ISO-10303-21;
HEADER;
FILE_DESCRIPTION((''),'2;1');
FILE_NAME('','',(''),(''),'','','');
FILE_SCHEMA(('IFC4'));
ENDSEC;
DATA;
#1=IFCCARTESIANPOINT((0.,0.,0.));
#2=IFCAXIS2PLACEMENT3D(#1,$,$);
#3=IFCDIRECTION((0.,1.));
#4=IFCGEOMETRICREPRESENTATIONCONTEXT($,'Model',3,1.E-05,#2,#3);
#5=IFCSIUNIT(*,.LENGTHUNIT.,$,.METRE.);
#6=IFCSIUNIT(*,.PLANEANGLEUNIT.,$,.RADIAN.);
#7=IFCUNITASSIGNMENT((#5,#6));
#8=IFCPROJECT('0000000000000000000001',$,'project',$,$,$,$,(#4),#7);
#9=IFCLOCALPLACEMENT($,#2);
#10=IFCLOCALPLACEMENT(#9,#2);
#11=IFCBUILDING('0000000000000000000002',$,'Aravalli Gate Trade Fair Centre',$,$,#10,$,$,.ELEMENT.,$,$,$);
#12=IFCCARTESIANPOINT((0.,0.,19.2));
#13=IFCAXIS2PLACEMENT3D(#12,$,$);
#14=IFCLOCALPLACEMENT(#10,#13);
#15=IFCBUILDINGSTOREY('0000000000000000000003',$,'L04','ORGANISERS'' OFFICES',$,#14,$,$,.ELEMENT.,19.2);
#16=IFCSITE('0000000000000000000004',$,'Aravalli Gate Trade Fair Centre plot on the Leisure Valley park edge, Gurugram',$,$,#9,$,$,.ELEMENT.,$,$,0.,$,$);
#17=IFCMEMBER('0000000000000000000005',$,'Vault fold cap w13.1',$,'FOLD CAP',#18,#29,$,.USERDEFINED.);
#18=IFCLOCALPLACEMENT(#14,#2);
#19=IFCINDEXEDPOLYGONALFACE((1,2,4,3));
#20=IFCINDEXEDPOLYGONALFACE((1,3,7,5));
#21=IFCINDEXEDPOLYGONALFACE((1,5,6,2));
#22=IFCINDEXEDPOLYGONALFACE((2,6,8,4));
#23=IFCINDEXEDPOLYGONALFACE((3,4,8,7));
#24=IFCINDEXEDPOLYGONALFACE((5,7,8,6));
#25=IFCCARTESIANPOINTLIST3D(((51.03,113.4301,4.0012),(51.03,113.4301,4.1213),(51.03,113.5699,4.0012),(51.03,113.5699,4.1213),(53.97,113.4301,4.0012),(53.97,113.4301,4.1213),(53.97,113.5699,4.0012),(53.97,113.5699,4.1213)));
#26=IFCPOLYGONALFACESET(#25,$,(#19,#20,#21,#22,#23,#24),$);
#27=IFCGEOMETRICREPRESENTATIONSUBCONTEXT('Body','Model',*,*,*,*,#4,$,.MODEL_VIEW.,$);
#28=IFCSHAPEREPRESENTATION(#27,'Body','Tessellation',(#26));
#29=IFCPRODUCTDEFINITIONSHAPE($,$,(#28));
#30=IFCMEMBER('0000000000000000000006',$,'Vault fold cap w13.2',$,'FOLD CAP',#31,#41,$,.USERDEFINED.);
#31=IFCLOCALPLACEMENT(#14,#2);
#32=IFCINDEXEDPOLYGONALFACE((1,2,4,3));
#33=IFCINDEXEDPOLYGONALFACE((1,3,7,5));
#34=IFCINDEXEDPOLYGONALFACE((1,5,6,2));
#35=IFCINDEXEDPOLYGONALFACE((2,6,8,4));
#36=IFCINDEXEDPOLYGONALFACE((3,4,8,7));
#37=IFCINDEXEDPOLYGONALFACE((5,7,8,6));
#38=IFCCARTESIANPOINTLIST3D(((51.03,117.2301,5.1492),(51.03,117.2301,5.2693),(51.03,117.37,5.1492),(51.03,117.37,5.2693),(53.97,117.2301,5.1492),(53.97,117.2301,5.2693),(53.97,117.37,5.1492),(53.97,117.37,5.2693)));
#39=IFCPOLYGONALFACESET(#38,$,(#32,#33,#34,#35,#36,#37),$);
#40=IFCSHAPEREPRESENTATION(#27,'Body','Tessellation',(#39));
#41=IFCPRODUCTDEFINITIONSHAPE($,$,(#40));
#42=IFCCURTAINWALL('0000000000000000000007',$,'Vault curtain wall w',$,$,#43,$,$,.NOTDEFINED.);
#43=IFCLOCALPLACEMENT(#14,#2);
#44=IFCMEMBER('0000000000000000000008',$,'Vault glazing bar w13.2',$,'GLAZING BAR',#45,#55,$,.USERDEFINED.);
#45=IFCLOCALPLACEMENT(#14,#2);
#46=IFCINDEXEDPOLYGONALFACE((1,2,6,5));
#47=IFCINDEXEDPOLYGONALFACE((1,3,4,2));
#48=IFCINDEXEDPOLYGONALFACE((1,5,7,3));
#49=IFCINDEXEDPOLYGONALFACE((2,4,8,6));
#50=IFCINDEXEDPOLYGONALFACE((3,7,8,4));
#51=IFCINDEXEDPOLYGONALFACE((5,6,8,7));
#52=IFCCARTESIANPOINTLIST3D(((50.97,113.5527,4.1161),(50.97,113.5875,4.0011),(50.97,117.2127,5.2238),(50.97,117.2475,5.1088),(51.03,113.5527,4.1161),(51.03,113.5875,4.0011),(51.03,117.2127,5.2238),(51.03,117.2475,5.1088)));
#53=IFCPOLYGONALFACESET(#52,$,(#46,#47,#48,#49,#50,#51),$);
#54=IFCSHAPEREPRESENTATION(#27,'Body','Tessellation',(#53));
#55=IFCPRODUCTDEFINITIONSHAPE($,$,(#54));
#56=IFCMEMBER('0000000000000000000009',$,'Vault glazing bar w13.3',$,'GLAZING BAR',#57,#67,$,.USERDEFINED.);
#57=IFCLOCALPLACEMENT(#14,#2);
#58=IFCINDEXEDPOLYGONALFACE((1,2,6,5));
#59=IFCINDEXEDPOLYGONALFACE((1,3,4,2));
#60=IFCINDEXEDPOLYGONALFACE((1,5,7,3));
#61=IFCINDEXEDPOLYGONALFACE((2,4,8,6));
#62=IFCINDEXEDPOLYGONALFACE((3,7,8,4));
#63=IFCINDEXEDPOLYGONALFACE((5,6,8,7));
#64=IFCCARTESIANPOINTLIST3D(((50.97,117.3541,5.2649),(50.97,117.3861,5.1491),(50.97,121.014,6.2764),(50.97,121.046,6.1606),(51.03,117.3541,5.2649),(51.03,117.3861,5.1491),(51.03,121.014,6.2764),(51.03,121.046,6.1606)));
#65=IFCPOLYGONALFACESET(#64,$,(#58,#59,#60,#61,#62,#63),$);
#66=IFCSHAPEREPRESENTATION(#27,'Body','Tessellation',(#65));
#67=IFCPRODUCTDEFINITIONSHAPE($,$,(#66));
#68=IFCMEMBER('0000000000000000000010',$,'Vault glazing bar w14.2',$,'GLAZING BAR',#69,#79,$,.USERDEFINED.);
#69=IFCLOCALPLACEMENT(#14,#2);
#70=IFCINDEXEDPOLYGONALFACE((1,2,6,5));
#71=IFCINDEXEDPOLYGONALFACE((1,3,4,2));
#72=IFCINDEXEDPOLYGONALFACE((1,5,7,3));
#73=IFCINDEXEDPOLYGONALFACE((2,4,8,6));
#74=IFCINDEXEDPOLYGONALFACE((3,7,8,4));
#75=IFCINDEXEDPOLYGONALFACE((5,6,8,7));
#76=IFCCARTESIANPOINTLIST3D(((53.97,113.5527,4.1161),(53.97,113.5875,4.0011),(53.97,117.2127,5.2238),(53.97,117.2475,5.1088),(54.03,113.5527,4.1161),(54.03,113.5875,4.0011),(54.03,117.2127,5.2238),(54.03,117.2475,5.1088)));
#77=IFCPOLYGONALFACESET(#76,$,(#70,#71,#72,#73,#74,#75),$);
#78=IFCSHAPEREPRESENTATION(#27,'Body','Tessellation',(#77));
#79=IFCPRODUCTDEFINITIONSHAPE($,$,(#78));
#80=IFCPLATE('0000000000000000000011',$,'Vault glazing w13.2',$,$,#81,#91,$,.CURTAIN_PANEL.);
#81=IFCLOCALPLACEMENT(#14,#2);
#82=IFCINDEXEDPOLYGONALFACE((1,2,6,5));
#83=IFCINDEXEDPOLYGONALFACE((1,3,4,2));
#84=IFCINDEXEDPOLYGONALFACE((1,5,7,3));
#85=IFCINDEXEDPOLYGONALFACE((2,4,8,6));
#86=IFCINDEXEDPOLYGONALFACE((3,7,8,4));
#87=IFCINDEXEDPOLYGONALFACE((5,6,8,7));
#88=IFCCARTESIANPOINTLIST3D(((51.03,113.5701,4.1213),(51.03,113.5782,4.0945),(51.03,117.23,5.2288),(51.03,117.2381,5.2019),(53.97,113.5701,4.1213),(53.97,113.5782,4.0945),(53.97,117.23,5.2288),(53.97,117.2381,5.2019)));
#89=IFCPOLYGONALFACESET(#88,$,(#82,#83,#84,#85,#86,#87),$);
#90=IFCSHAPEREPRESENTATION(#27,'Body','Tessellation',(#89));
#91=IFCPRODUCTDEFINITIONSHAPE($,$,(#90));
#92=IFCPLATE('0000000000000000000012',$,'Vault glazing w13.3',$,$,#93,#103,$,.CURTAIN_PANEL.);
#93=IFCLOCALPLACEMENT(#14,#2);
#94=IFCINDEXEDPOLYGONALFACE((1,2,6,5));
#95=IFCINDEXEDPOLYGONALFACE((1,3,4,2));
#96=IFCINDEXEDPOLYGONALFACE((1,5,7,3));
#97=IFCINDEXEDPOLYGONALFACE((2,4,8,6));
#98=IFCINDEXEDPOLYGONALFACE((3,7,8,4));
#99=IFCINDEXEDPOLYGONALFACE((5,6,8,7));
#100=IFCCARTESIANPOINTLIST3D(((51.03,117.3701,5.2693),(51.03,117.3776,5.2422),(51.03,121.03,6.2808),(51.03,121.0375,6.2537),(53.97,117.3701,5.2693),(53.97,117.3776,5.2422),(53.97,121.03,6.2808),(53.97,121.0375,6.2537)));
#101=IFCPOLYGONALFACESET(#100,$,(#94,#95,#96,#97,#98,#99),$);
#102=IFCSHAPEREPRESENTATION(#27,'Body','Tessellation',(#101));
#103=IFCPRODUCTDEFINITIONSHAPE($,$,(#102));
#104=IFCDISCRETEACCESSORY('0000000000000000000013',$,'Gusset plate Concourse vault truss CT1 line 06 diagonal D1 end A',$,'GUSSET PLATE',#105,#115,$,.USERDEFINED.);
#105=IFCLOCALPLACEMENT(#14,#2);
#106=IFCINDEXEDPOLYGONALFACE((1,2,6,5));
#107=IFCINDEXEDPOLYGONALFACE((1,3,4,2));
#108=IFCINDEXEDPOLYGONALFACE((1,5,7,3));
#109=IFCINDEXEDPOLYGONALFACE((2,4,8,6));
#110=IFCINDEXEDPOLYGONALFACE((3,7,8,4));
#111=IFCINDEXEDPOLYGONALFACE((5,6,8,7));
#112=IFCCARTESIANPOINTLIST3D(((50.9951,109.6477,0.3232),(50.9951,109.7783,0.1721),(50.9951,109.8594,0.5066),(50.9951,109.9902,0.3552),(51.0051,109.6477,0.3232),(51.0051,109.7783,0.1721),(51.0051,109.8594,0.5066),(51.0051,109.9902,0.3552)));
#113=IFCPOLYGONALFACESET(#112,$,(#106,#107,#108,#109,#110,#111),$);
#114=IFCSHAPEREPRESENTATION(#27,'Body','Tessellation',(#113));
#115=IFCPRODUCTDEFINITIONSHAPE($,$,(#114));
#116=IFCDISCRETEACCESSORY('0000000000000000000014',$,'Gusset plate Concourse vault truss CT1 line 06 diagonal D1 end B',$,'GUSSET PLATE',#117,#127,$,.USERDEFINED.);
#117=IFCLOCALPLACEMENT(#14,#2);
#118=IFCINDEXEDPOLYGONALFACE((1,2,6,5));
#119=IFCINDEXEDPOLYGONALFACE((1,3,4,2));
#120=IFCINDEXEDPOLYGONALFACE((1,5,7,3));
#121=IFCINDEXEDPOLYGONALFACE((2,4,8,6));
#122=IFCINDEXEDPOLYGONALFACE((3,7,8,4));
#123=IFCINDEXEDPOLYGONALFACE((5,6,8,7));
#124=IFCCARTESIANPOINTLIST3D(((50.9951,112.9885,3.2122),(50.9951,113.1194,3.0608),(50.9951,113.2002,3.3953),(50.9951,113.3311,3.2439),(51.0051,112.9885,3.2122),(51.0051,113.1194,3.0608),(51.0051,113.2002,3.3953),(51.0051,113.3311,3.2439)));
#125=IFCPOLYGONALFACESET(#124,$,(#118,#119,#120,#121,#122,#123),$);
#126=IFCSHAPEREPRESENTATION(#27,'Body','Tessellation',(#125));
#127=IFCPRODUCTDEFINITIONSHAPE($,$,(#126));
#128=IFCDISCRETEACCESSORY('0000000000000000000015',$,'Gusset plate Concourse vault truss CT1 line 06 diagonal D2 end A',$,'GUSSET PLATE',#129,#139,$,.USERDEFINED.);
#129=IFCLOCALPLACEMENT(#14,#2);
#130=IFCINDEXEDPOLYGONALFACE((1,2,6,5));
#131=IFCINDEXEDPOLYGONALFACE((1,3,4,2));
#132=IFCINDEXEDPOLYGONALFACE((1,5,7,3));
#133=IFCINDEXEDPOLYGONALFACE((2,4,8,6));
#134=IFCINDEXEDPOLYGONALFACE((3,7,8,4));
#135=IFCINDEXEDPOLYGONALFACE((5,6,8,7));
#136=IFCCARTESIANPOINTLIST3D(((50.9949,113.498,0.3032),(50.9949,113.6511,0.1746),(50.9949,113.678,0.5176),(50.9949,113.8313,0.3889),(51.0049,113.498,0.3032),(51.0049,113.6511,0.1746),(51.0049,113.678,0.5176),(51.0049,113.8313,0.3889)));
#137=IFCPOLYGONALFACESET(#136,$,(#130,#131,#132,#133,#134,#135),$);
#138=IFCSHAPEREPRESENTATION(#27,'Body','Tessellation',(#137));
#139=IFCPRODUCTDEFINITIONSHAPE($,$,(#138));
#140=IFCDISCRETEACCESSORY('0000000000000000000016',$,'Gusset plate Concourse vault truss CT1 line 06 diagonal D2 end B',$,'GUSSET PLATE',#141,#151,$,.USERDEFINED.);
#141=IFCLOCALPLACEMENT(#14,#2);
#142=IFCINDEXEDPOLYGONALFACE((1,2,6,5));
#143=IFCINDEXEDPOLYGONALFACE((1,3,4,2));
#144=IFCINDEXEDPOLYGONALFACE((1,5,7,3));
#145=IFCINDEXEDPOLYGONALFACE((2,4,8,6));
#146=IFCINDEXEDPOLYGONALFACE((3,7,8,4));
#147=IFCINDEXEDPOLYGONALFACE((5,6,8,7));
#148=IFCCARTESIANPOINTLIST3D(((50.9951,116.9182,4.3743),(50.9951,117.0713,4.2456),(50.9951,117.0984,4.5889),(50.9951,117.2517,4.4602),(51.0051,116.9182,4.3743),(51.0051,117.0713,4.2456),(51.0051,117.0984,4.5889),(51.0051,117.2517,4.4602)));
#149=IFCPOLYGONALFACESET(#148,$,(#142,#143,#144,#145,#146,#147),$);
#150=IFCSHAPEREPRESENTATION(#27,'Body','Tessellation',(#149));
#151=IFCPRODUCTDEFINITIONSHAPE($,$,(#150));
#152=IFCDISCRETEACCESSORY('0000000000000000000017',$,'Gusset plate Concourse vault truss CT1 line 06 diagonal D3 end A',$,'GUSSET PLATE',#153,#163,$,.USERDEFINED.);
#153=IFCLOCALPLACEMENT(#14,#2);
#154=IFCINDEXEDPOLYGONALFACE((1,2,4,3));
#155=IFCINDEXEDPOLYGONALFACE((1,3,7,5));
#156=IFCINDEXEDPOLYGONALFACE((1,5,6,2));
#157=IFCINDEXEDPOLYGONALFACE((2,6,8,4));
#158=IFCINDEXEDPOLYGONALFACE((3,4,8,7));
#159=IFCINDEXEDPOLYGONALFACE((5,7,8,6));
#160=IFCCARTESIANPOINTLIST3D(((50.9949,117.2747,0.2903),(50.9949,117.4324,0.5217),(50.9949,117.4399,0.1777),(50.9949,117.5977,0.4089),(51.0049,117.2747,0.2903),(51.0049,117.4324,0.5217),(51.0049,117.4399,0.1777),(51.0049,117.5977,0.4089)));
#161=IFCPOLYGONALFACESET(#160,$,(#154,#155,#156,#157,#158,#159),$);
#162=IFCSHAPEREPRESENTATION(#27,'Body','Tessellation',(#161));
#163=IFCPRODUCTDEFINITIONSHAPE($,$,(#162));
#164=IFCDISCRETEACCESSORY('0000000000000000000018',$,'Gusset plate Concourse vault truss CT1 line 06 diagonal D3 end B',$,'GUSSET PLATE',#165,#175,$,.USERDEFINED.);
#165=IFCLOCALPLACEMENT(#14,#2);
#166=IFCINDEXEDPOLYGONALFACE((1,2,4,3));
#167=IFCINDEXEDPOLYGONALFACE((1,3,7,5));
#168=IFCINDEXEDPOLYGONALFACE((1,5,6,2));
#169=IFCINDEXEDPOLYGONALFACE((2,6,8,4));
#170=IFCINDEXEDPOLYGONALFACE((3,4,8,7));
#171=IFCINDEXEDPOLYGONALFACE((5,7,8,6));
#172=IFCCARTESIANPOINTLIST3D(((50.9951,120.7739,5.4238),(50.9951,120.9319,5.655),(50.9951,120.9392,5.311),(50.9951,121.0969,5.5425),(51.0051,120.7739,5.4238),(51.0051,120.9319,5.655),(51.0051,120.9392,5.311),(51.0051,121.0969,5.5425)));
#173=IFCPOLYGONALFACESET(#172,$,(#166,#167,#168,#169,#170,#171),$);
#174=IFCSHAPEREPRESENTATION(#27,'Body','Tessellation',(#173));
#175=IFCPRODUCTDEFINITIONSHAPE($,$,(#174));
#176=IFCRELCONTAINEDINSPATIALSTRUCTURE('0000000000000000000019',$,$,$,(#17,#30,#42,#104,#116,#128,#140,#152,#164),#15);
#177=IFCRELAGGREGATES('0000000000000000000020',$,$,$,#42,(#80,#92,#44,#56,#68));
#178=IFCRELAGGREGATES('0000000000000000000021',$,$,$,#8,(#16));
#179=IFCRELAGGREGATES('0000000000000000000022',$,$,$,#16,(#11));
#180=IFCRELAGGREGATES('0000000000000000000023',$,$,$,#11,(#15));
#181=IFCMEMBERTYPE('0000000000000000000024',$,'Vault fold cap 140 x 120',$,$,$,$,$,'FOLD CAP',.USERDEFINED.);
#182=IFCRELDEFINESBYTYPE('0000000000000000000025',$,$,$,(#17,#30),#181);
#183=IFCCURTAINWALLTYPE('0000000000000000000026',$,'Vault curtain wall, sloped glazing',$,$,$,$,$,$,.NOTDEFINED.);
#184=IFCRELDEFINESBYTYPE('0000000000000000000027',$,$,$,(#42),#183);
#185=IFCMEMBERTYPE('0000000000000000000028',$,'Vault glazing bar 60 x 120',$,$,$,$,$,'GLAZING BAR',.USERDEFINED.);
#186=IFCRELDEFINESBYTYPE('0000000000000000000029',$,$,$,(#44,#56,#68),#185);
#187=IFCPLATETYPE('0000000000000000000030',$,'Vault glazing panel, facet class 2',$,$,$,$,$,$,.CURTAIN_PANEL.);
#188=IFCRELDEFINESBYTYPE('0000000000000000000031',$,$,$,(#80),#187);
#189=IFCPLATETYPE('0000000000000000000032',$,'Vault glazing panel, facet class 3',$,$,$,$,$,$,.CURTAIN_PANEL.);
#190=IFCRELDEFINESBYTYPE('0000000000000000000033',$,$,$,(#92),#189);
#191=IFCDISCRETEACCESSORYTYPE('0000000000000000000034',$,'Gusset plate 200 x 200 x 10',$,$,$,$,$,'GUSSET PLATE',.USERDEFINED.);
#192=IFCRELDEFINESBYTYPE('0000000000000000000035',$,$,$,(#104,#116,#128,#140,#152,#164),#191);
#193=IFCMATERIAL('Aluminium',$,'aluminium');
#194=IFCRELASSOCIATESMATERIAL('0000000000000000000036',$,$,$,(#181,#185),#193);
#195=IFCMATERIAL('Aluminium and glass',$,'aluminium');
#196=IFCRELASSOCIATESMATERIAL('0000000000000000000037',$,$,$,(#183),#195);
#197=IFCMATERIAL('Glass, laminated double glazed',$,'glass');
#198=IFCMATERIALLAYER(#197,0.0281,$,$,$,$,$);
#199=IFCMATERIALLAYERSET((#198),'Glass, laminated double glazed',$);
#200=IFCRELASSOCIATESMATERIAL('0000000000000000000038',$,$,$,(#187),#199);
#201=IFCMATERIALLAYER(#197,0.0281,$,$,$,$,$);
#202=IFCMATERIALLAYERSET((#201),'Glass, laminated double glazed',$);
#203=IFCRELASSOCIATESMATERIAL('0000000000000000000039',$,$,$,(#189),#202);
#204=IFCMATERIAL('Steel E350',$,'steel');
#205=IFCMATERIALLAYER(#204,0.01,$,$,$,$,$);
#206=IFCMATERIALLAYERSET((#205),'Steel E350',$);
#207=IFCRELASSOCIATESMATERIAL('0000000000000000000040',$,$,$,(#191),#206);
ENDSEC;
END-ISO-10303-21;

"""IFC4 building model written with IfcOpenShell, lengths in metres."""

from ifc_helpers import new_model, si_unit, direction, frame, origin, origin_2d, place, context, subcontext, project, spatial, polyline, rectangle, outline, extrude, material, layer, layer_set, material_profile, profile_set, type_object, element, aggregate, save


model = new_model("IFC4")

# Units and contexts
model_context = context("Model", 3, precision=1e-05, world=origin(), true_north=direction((0.0, 1.0)))
body_context = subcontext(model_context, "Body", "Model", "MODEL_VIEW")
ifc_project = project(units=[si_unit("LENGTHUNIT", "METRE"), si_unit("PLANEANGLEUNIT", "RADIAN")], contexts=[model_context])

# Site, building, storey
site_placement = place(None, origin())
site = spatial("IfcSite", under=ifc_project, at=site_placement, Name="Aravalli Gate Trade Fair Centre plot on the Leisure Valley park edge, Gurugram", CompositionType="ELEMENT", RefElevation=0.0)
building_placement = place(site_placement, origin())
building = spatial("IfcBuilding", under=site, at=building_placement, Name="Aravalli Gate Trade Fair Centre", CompositionType="ELEMENT")
storey_placement = place(building_placement, frame((0.0, 0.0, 19.2)))
storey = spatial("IfcBuildingStorey", under=building, at=storey_placement, Name="L04", Description="ORGANISERS' OFFICES", CompositionType="ELEMENT", Elevation=19.2)

# Members
ifc_material_1 = material(Name="Steel E350", Category="steel")
ifc_material_2 = material(Name="Aluminium", Category="aluminium")
ifc_material_profile_1 = material_profile(ifc_material_2, rectangle(XDim=0.1399, YDim=0.1201, at=origin_2d()), Name="Vault fold cap 140 x 120")
ifc_profile_set_1 = profile_set([ifc_material_profile_1], Name="Aluminium")
member_type_1 = type_object("IfcMemberType", Name="Vault fold cap 140 x 120", ElementType="FOLD CAP", PredefinedType="USERDEFINED", material=ifc_profile_set_1)
for number, where, z_axis, x_axis, name in (
    (1, (51.03, 113.5, 4.0613), (1.0, 0.0, 0.0), (0.0, 1.0, 0.0), "Vault fold cap w13.1"),
    (2, (51.03, 117.3, 5.2092), (1.0, 0.0, 0.0), (0.0, 1.0, 0.0), "Vault fold cap w13.2"),
):
    element("IfcMember", number, at=place(storey_placement, frame(where, z_axis=z_axis, x_axis=x_axis)), inside=storey, type_object=member_type_1, Name=name, ObjectType="FOLD CAP", PredefinedType="USERDEFINED", context=body_context, shape_type="SweptSolid", body=[
        extrude(rectangle(XDim=0.1399, YDim=0.1201, at=origin_2d()), origin(), (0.0, 0.0, 1.0), 2.9399),
    ])

# Curtain wall, members, plates
ifc_material_3 = material(Name="Aluminium and glass", Category="aluminium")
curtain_wall_type = type_object("IfcCurtainWallType", Name="Vault curtain wall, sloped glazing", PredefinedType="NOTDEFINED", material=ifc_material_3)
curtain_wall_placement = place(storey_placement, origin())
curtain_wall = element("IfcCurtainWall", 3, at=curtain_wall_placement, inside=storey, type_object=curtain_wall_type, Name="Vault curtain wall w", PredefinedType="NOTDEFINED")
ifc_material_profile_2 = material_profile(ifc_material_2, rectangle(XDim=0.0601, YDim=0.1201, at=origin_2d()), Name="Vault glazing bar 60 x 120")
ifc_profile_set_2 = profile_set([ifc_material_profile_2], Name="Aluminium")
member_type_2 = type_object("IfcMemberType", Name="Vault glazing bar 60 x 120", ElementType="GLAZING BAR", PredefinedType="USERDEFINED", material=ifc_profile_set_2)
member_1_placement = place(storey_placement, frame((51.0, 113.5701, 4.0586), z_axis=(0.0, 0.957126, 0.289672), x_axis=(-1.0, 0.0, 0.0)))
member_1 = element("IfcMember", 4, at=member_1_placement, type_object=member_type_2, Name="Vault glazing bar w13.2", ObjectType="GLAZING BAR", PredefinedType="USERDEFINED", context=body_context, shape_type="SweptSolid", body=[
    extrude(rectangle(XDim=0.0601, YDim=0.1201, at=origin_2d()), origin(), (0.0, 0.0, 1.0), 3.824),
])
member_2_placement = place(storey_placement, frame((51.0, 117.3701, 5.207), z_axis=(0.0, 0.963868, 0.26638), x_axis=(-1.0, 0.0, 0.0)))
member_2 = element("IfcMember", 5, at=member_2_placement, type_object=member_type_2, Name="Vault glazing bar w13.3", ObjectType="GLAZING BAR", PredefinedType="USERDEFINED", context=body_context, shape_type="SweptSolid", body=[
    extrude(rectangle(XDim=0.0601, YDim=0.1201, at=origin_2d()), origin(), (0.0, 0.0, 1.0), 3.7971),
])
member_3_placement = place(storey_placement, frame((54.0, 113.5701, 4.0586), z_axis=(0.0, 0.957126, 0.289672), x_axis=(-1.0, 0.0, 0.0)))
member_3 = element("IfcMember", 6, at=member_3_placement, type_object=member_type_2, Name="Vault glazing bar w14.2", ObjectType="GLAZING BAR", PredefinedType="USERDEFINED", context=body_context, shape_type="SweptSolid", body=[
    extrude(rectangle(XDim=0.0601, YDim=0.1201, at=origin_2d()), origin(), (0.0, 0.0, 1.0), 3.824),
])
ifc_material_4 = material(Name="Glass, laminated double glazed", Category="glass")
ifc_layer_1 = layer(ifc_material_4, 0.0281)
ifc_layer_set_1 = layer_set([ifc_layer_1], Name="Glass, laminated double glazed")
plate_type_1 = type_object("IfcPlateType", Name="Vault glazing panel, facet class 2", PredefinedType="CURTAIN_PANEL", material=ifc_layer_set_1)
plate_1_placement = place(storey_placement, frame((51.03, 113.5701, 4.1213), z_axis=(0.0, -0.289614, 0.957144), x_axis=(1.0, 0.0, 0.0)))
plate_1 = element("IfcPlate", 7, at=plate_1_placement, type_object=plate_type_1, Name="Vault glazing w13.2", PredefinedType="CURTAIN_PANEL", context=body_context, shape_type="SweptSolid", body=[
    extrude(outline(polyline([(0.0, 0.0), (2.9399, 0.0), (2.9399, 3.8238), (0.0, 3.8238), (0.0, 0.0)])), origin(), (0.0, 0.0, -1.0), 0.0281),
])
ifc_layer_2 = layer(ifc_material_4, 0.0281)
ifc_layer_set_2 = layer_set([ifc_layer_2], Name="Glass, laminated double glazed")
plate_type_2 = type_object("IfcPlateType", Name="Vault glazing panel, facet class 3", PredefinedType="CURTAIN_PANEL", material=ifc_layer_set_2)
plate_2_placement = place(storey_placement, frame((51.03, 117.3701, 5.2693), z_axis=(0.0, -0.26638, 0.963868), x_axis=(1.0, 0.0, 0.0)))
plate_2 = element("IfcPlate", 8, at=plate_2_placement, type_object=plate_type_2, Name="Vault glazing w13.3", PredefinedType="CURTAIN_PANEL", context=body_context, shape_type="SweptSolid", body=[
    extrude(outline(polyline([(0.0, 0.0), (2.9399, 0.0), (2.9399, 3.7971), (0.0, 3.7971), (0.0, 0.0)])), origin(), (0.0, 0.0, -1.0), 0.0281),
])
aggregate(curtain_wall, [plate_1, plate_2, member_1, member_2, member_3])

# Discrete accessories
ifc_layer_3 = layer(ifc_material_1, 0.01)
ifc_layer_set_3 = layer_set([ifc_layer_3], Name="Steel E350")
discrete_accessory_type = type_object("IfcDiscreteAccessoryType", Name="Gusset plate 200 x 200 x 10", ElementType="GUSSET PLATE", PredefinedType="USERDEFINED", material=ifc_layer_set_3)
discrete_accessory_1_placement = place(storey_placement, frame((50.9951, 109.9902, 0.3552), z_axis=(-1.0, 0.0, 0.0), x_axis=(0.0, -0.756666, -0.653801)))
element("IfcDiscreteAccessory", 9, at=discrete_accessory_1_placement, inside=storey, type_object=discrete_accessory_type, Name="Gusset plate Concourse vault truss CT1 line 06 diagonal D1 end A", ObjectType="GUSSET PLATE", PredefinedType="USERDEFINED", context=body_context, shape_type="SweptSolid", body=[
    extrude(outline(polyline([(0.0, 0.0), (0.2801, 0.0), (0.2801, 0.1997), (0.0001, 0.2001), (0.0, 0.0)])), origin(), (0.0, 0.0, -1.0), 0.01),
])
discrete_accessory_2_placement = place(storey_placement, frame((50.9951, 112.9885, 3.2122), z_axis=(-1.0, 0.0, 0.0), x_axis=(0.0, 0.756293, 0.654233)))
element("IfcDiscreteAccessory", 10, at=discrete_accessory_2_placement, inside=storey, type_object=discrete_accessory_type, Name="Gusset plate Concourse vault truss CT1 line 06 diagonal D1 end B", ObjectType="GUSSET PLATE", PredefinedType="USERDEFINED", context=body_context, shape_type="SweptSolid", body=[
    extrude(outline(polyline([(0.0, 0.0), (0.2799, 0.0), (0.2798, 0.2001), (-0.0001, 0.2001), (0.0, 0.0)])), origin(), (0.0, 0.0, -1.0), 0.01),
])
discrete_accessory_3_placement = place(storey_placement, frame((51.0049, 113.678, 0.5176), z_axis=(1.0, 0.0, 0.0), x_axis=(0.0, -0.642926, -0.765928)))
element("IfcDiscreteAccessory", 11, at=discrete_accessory_3_placement, inside=storey, type_object=discrete_accessory_type, Name="Gusset plate Concourse vault truss CT1 line 06 diagonal D2 end A", ObjectType="GUSSET PLATE", PredefinedType="USERDEFINED", context=body_context, shape_type="SweptSolid", body=[
    extrude(outline(polyline([(0.0, 0.0), (0.2799, 0.0), (0.28, 0.2), (0.0, 0.2002), (0.0, 0.0)])), origin(), (0.0, 0.0, -1.0), 0.01),
])
discrete_accessory_4_placement = place(storey_placement, frame((50.9951, 116.9182, 4.3743), z_axis=(-1.0, 0.0, 0.0), x_axis=(0.0, 0.643008, 0.765859)))
element("IfcDiscreteAccessory", 12, at=discrete_accessory_4_placement, inside=storey, type_object=discrete_accessory_type, Name="Gusset plate Concourse vault truss CT1 line 06 diagonal D2 end B", ObjectType="GUSSET PLATE", PredefinedType="USERDEFINED", context=body_context, shape_type="SweptSolid", body=[
    extrude(outline(polyline([(0.0, 0.0), (0.2802, 0.0), (0.2803, 0.2002), (-0.0001, 0.2), (0.0, 0.0)])), origin(), (0.0, 0.0, -1.0), 0.01),
])
discrete_accessory_5_placement = place(storey_placement, frame((51.0049, 117.4324, 0.5217), z_axis=(1.0, 0.0, 0.0), x_axis=(0.0, -0.56312, -0.826375)))
element("IfcDiscreteAccessory", 13, at=discrete_accessory_5_placement, inside=storey, type_object=discrete_accessory_type, Name="Gusset plate Concourse vault truss CT1 line 06 diagonal D3 end A", ObjectType="GUSSET PLATE", PredefinedType="USERDEFINED", context=body_context, shape_type="SweptSolid", body=[
    extrude(outline(polyline([(0.0, 0.0), (0.2801, 0.0), (0.28, 0.2), (0.0001, 0.2001), (0.0, 0.0)])), origin(), (0.0, 0.0, -1.0), 0.01),
])
discrete_accessory_6_placement = place(storey_placement, frame((50.9951, 120.7739, 5.4238), z_axis=(-1.0, 0.0, 0.0), x_axis=(0.0, 0.564121, 0.825692)))
element("IfcDiscreteAccessory", 14, at=discrete_accessory_6_placement, inside=storey, type_object=discrete_accessory_type, Name="Gusset plate Concourse vault truss CT1 line 06 diagonal D3 end B", ObjectType="GUSSET PLATE", PredefinedType="USERDEFINED", context=body_context, shape_type="SweptSolid", body=[
    extrude(outline(polyline([(0.0, 0.0), (0.28, 0.0), (0.2802, 0.1998), (0.0001, 0.2001), (0.0, 0.0)])), origin(), (0.0, 0.0, -1.0), 0.01),
])

save(model, "model.ifc")
